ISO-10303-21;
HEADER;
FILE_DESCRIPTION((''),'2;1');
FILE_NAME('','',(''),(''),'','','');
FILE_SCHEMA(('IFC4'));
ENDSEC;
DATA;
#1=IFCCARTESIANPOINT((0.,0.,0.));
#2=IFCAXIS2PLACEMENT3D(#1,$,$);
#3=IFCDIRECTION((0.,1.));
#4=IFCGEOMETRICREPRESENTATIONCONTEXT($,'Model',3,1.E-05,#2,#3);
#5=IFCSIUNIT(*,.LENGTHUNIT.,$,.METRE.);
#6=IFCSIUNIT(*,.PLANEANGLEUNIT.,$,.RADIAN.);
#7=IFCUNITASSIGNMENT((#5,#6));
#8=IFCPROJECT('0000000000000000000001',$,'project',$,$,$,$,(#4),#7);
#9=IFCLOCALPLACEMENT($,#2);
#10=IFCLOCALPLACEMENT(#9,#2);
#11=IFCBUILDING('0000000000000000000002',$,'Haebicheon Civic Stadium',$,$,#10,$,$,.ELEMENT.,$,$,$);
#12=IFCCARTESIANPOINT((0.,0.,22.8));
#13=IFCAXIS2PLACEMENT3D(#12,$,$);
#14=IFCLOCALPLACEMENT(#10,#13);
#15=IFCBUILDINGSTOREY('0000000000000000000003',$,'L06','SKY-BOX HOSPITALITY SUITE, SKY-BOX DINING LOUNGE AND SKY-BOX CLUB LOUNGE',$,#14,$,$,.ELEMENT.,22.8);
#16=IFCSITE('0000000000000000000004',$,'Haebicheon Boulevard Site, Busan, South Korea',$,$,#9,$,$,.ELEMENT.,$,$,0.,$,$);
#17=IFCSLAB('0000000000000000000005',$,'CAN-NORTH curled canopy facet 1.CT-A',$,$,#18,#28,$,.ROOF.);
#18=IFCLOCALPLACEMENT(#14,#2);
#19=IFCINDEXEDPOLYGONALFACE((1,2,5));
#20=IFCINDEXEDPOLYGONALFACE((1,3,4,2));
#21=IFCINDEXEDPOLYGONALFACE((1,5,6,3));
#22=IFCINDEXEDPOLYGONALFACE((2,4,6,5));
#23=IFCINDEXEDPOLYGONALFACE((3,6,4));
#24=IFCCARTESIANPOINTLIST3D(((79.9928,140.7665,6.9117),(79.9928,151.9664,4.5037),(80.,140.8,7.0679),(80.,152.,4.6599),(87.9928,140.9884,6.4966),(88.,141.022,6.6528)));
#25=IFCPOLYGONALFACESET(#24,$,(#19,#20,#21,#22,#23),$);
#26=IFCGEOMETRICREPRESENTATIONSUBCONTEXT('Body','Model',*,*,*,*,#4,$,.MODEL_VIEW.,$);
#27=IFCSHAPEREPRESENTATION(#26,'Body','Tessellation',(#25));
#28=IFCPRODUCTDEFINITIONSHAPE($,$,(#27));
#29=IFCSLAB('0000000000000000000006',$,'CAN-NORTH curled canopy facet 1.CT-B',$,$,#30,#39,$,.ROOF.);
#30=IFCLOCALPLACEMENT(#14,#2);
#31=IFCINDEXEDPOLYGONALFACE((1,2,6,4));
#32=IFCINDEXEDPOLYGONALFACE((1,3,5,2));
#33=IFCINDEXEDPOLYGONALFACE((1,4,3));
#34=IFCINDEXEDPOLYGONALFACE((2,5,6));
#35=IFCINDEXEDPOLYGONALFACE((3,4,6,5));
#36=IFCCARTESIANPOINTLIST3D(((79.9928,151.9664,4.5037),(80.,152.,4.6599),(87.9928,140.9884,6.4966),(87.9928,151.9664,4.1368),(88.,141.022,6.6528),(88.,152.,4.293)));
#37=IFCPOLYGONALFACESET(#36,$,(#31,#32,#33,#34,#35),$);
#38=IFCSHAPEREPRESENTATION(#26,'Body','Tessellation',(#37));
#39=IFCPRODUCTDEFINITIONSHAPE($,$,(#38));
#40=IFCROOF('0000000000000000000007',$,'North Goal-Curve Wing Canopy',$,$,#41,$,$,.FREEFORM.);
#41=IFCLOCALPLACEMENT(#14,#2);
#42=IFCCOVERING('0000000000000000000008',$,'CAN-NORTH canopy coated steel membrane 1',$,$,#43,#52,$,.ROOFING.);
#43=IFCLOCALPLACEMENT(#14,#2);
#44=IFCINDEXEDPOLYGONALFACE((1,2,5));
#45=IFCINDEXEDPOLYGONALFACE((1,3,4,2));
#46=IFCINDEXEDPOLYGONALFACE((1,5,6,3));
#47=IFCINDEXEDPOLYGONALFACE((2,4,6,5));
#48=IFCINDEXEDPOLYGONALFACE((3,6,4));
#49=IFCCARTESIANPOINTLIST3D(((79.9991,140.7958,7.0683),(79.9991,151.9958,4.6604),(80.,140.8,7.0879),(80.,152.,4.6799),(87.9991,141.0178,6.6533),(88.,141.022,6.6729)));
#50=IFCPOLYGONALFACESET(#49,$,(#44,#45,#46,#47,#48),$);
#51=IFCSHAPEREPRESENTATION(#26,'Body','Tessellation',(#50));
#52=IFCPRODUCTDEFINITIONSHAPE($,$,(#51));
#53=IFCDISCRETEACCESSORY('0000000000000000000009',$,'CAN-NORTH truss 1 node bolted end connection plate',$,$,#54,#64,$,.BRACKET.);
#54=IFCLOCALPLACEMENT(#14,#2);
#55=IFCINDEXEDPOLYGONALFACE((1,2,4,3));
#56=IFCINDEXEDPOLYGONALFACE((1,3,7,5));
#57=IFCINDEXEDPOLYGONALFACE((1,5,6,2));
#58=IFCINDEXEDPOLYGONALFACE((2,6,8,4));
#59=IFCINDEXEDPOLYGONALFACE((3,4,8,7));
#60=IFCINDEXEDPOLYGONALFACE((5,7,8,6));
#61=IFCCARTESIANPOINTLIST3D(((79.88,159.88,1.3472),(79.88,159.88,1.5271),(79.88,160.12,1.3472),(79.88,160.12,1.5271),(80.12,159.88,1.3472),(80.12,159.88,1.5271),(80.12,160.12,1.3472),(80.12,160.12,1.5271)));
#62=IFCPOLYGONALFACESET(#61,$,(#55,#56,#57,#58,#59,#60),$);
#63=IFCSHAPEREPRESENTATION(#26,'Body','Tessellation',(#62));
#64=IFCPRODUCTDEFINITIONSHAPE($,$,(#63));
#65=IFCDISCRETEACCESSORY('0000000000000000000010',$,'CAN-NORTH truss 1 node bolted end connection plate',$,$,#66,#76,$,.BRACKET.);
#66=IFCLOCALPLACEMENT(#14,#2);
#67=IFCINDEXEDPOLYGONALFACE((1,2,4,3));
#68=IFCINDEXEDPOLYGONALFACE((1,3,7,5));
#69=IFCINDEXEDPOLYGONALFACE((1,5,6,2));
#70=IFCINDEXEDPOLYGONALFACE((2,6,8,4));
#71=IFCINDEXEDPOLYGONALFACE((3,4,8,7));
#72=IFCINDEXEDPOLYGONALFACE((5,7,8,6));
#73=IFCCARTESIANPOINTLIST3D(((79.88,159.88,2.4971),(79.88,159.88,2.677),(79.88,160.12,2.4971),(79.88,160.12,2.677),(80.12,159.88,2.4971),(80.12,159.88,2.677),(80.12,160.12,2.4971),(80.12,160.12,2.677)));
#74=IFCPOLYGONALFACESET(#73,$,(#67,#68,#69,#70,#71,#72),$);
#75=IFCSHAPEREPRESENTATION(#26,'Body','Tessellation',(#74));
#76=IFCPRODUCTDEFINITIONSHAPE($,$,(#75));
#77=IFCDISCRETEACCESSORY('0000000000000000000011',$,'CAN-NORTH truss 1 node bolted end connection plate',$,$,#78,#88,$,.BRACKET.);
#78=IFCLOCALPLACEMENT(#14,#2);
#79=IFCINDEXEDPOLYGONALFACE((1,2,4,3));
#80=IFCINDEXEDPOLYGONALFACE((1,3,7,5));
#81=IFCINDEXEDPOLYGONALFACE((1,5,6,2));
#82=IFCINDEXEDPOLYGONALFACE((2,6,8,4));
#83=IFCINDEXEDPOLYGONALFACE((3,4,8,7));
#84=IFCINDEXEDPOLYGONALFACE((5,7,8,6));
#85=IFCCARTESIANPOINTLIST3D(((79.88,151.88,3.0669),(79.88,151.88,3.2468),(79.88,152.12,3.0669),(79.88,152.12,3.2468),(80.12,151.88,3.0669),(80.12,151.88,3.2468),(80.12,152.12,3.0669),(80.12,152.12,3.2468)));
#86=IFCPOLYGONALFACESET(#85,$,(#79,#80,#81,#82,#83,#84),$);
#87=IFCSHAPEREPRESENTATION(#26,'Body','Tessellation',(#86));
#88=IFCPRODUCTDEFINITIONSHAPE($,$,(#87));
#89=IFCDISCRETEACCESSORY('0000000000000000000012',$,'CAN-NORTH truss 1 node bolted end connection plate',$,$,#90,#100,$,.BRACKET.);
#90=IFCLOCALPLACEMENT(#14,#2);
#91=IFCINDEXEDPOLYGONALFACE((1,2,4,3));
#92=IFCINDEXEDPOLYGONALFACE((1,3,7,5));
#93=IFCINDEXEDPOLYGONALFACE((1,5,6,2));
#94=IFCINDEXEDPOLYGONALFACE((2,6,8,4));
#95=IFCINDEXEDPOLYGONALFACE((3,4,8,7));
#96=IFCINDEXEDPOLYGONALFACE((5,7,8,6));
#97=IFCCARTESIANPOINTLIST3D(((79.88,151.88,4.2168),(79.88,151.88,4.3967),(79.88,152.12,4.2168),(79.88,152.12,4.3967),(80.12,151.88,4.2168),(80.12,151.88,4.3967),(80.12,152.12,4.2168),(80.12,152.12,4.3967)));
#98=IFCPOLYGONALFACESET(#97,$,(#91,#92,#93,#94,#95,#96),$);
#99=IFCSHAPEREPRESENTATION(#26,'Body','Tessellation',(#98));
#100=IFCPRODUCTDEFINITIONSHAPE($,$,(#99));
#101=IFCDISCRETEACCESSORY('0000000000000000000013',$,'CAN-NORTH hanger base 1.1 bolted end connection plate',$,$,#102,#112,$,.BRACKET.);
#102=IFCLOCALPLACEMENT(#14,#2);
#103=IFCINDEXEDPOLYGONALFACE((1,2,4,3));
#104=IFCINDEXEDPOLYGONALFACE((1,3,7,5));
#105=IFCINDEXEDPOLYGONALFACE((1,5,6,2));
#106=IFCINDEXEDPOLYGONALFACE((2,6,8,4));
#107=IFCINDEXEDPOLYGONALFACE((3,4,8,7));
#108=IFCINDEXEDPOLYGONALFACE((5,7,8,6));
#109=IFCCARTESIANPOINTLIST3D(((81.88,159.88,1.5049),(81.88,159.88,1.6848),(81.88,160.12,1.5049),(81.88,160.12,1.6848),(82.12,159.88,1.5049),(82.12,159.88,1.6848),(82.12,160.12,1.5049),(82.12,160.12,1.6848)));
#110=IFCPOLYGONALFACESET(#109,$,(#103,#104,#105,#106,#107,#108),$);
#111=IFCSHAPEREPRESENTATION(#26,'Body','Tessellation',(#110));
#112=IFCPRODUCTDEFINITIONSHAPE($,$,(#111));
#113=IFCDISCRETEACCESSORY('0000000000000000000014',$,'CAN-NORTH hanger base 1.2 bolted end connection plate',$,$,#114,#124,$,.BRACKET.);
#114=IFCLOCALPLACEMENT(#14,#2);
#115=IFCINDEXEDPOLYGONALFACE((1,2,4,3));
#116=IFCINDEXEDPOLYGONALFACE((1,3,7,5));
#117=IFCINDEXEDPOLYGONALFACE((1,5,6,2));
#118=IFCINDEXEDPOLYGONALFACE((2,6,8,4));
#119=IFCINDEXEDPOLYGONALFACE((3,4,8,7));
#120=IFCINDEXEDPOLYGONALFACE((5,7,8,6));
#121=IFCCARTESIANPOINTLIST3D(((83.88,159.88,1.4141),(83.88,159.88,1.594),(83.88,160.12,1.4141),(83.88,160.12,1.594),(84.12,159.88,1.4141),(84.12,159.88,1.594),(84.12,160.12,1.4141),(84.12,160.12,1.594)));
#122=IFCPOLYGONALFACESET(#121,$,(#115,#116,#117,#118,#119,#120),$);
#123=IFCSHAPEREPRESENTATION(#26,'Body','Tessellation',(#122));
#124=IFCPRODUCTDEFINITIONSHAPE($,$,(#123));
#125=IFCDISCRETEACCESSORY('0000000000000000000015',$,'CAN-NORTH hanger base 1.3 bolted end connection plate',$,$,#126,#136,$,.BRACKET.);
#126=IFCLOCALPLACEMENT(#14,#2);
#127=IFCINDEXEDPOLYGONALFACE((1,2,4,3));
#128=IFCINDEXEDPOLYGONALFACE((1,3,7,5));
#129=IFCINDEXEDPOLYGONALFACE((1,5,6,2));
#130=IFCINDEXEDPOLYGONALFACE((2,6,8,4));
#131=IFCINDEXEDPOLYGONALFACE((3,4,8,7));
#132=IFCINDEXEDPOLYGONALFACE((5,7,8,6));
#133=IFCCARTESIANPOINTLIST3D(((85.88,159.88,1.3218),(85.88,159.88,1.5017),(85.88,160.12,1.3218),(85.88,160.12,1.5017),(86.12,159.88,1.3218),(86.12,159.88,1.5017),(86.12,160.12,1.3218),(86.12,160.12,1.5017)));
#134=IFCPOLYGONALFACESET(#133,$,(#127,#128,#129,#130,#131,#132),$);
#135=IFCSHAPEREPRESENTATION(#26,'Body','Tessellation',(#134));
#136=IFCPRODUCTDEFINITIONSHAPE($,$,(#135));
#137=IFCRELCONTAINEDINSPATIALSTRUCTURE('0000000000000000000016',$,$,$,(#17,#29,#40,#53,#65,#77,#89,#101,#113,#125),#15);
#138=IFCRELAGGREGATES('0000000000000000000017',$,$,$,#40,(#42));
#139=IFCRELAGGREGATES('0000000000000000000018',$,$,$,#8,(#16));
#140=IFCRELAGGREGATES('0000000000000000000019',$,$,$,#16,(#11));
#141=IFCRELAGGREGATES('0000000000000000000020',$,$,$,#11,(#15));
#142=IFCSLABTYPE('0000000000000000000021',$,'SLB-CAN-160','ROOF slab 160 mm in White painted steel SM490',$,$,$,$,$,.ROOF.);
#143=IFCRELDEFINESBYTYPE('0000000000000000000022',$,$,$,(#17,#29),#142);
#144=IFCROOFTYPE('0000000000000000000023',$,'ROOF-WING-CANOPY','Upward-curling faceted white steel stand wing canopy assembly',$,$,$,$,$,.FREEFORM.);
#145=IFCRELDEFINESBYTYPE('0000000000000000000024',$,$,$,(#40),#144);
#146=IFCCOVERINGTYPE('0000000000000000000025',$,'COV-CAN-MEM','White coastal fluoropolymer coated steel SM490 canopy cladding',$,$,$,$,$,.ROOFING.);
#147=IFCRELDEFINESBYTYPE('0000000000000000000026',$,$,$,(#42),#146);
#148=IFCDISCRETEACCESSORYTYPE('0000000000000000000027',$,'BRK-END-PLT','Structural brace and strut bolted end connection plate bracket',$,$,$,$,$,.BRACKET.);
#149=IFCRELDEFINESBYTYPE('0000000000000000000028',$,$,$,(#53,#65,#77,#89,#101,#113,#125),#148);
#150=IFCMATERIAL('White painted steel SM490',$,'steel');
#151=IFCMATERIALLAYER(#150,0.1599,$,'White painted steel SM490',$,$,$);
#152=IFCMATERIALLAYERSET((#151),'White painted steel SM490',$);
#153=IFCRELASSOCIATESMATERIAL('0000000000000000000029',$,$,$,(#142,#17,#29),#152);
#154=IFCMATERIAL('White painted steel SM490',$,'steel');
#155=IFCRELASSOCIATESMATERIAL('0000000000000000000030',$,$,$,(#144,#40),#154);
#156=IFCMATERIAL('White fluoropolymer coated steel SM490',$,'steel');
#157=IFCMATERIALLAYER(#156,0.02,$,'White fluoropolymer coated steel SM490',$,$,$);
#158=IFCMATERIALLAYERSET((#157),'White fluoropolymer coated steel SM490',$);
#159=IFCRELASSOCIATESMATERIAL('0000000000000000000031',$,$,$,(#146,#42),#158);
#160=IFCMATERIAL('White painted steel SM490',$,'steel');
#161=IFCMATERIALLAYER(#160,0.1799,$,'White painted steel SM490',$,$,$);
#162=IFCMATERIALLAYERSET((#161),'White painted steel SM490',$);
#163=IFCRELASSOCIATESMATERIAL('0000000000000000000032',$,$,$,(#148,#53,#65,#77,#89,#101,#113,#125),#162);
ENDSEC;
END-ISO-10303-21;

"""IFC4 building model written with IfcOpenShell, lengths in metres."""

from ifc_helpers import new_model, si_unit, direction, frame, origin, origin_2d, place, context, subcontext, project, spatial, polyline, rectangle, outline, extrude, material, layer, layer_set, type_object, element, aggregate, save


model = new_model("IFC4")

# Units and contexts
model_context = context("Model", 3, precision=1e-05, world=origin(), true_north=direction((0.0, 1.0)))
body_context = subcontext(model_context, "Body", "Model", "MODEL_VIEW")
ifc_project = project(units=[si_unit("LENGTHUNIT", "METRE"), si_unit("PLANEANGLEUNIT", "RADIAN")], contexts=[model_context])

# Site, building, storey
site_placement = place(None, origin())
site = spatial("IfcSite", under=ifc_project, at=site_placement, Name="Haebicheon Boulevard Site, Busan, South Korea", CompositionType="ELEMENT", RefElevation=0.0)
building_placement = place(site_placement, origin())
building = spatial("IfcBuilding", under=site, at=building_placement, Name="Haebicheon Civic Stadium", CompositionType="ELEMENT")
storey_placement = place(building_placement, frame((0.0, 0.0, 22.8)))
storey = spatial("IfcBuildingStorey", under=building, at=storey_placement, Name="L06", Description="SKY-BOX HOSPITALITY SUITE, SKY-BOX DINING LOUNGE AND SKY-BOX CLUB LOUNGE", CompositionType="ELEMENT", Elevation=22.8)

# Slabs
ifc_material_1 = material(Name="White painted steel SM490", Category="steel")
ifc_layer_1 = layer(ifc_material_1, 0.1599, Name="White painted steel SM490")
ifc_layer_set_1 = layer_set([ifc_layer_1], Name="White painted steel SM490")
slab_type = type_object("IfcSlabType", Name="SLB-CAN-160", Description="ROOF slab 160 mm in White painted steel SM490", PredefinedType="ROOF", material=ifc_layer_set_1)
slab_1_placement = place(storey_placement, frame((80.0, 152.0, 4.6599), z_axis=(0.044845, 0.209983, 0.976676), x_axis=(0.0, -0.97766, 0.210194)))
element("IfcSlab", 1, at=slab_1_placement, inside=storey, type_object=slab_type, material=ifc_layer_set_1, Name="CAN-NORTH curled canopy facet 1.CT-A", PredefinedType="ROOF", context=body_context, shape_type="SweptSolid", body=[
    extrude(outline(polyline([(0.0, 0.0), (11.4559, 0.0), (11.1517, 8.0081), (0.0, 0.0)])), origin(), (0.0, 0.0, -1.0), 0.1599),
])
slab_2_placement = place(storey_placement, frame((80.0, 152.0, 4.6599), z_axis=(0.044799, 0.209951, 0.976685), x_axis=(0.582703, -0.799616, 0.14516)))
element("IfcSlab", 2, at=slab_2_placement, inside=storey, type_object=slab_type, material=ifc_layer_set_1, Name="CAN-NORTH curled canopy facet 1.CT-B", PredefinedType="ROOF", context=body_context, shape_type="SweptSolid", body=[
    extrude(outline(polyline([(0.0, 0.0), (13.7291, 0.0), (4.6084, 6.5496), (0.0, 0.0)])), origin(), (0.0, 0.0, -1.0), 0.1599),
])

# Roof, covering
ifc_material_2 = material(Name="White painted steel SM490", Category="steel")
roof_type = type_object("IfcRoofType", Name="ROOF-WING-CANOPY", Description="Upward-curling faceted white steel stand wing canopy assembly", PredefinedType="FREEFORM", material=ifc_material_2)
roof_placement = place(storey_placement, origin())
roof = element("IfcRoof", 3, at=roof_placement, inside=storey, type_object=roof_type, material=ifc_material_2, Name="North Goal-Curve Wing Canopy", PredefinedType="FREEFORM")
ifc_material_3 = material(Name="White fluoropolymer coated steel SM490", Category="steel")
ifc_layer_2 = layer(ifc_material_3, 0.02, Name="White fluoropolymer coated steel SM490")
ifc_layer_set_2 = layer_set([ifc_layer_2], Name="White fluoropolymer coated steel SM490")
covering_type = type_object("IfcCoveringType", Name="COV-CAN-MEM", Description="White coastal fluoropolymer coated steel SM490 canopy cladding", PredefinedType="ROOFING", material=ifc_layer_set_2)
covering_placement = place(storey_placement, frame((80.0, 152.0, 4.6799), z_axis=(0.044845, 0.209983, 0.976676), x_axis=(0.0, -0.97766, 0.210194)))
covering = element("IfcCovering", 4, at=covering_placement, type_object=covering_type, material=ifc_layer_set_2, Name="CAN-NORTH canopy coated steel membrane 1", PredefinedType="ROOFING", context=body_context, shape_type="SweptSolid", body=[
    extrude(outline(polyline([(0.0, 0.0), (11.4559, 0.0), (11.1517, 8.0081), (0.0, 0.0)])), origin(), (0.0, 0.0, -1.0), 0.02),
])
aggregate(roof, [covering])

# Discrete accessories
ifc_material_4 = material(Name="White painted steel SM490", Category="steel")
ifc_layer_3 = layer(ifc_material_4, 0.1799, Name="White painted steel SM490")
ifc_layer_set_3 = layer_set([ifc_layer_3], Name="White painted steel SM490")
discrete_accessory_type = type_object("IfcDiscreteAccessoryType", Name="BRK-END-PLT", Description="Structural brace and strut bolted end connection plate bracket", PredefinedType="BRACKET", material=ifc_layer_set_3)
for number, where, z_axis, x_axis, name in (
    (5, (80.0, 160.0, 1.3472), (0.0, 0.0, 1.0), (1.0, 0.0, 0.0), "CAN-NORTH truss 1 node bolted end connection plate"),
    (6, (80.0, 160.0, 2.4971), (0.0, 0.0, 1.0), (1.0, 0.0, 0.0), "CAN-NORTH truss 1 node bolted end connection plate"),
    (7, (80.0, 152.0, 3.0669), (0.0, 0.0, 1.0), (1.0, 0.0, 0.0), "CAN-NORTH truss 1 node bolted end connection plate"),
    (8, (80.0, 152.0, 4.2168), (0.0, 0.0, 1.0), (1.0, 0.0, 0.0), "CAN-NORTH truss 1 node bolted end connection plate"),
    (9, (82.0, 160.0, 1.5049), (0.0, 0.0, 1.0), (1.0, 0.0, 0.0), "CAN-NORTH hanger base 1.1 bolted end connection plate"),
    (10, (84.0, 160.0, 1.4141), (0.0, 0.0, 1.0), (1.0, 0.0, 0.0), "CAN-NORTH hanger base 1.2 bolted end connection plate"),
    (11, (86.0, 160.0, 1.3218), (0.0, 0.0, 1.0), (1.0, 0.0, 0.0), "CAN-NORTH hanger base 1.3 bolted end connection plate"),
):
    element("IfcDiscreteAccessory", number, at=place(storey_placement, frame(where, z_axis=z_axis, x_axis=x_axis)), inside=storey, type_object=discrete_accessory_type, material=ifc_layer_set_3, Name=name, PredefinedType="BRACKET", context=body_context, shape_type="SweptSolid", body=[
        extrude(rectangle(XDim=0.24, YDim=0.24, at=origin_2d()), origin(), (0.0, 0.0, 1.0), 0.1799),
    ])

save(model, "model.ifc")
